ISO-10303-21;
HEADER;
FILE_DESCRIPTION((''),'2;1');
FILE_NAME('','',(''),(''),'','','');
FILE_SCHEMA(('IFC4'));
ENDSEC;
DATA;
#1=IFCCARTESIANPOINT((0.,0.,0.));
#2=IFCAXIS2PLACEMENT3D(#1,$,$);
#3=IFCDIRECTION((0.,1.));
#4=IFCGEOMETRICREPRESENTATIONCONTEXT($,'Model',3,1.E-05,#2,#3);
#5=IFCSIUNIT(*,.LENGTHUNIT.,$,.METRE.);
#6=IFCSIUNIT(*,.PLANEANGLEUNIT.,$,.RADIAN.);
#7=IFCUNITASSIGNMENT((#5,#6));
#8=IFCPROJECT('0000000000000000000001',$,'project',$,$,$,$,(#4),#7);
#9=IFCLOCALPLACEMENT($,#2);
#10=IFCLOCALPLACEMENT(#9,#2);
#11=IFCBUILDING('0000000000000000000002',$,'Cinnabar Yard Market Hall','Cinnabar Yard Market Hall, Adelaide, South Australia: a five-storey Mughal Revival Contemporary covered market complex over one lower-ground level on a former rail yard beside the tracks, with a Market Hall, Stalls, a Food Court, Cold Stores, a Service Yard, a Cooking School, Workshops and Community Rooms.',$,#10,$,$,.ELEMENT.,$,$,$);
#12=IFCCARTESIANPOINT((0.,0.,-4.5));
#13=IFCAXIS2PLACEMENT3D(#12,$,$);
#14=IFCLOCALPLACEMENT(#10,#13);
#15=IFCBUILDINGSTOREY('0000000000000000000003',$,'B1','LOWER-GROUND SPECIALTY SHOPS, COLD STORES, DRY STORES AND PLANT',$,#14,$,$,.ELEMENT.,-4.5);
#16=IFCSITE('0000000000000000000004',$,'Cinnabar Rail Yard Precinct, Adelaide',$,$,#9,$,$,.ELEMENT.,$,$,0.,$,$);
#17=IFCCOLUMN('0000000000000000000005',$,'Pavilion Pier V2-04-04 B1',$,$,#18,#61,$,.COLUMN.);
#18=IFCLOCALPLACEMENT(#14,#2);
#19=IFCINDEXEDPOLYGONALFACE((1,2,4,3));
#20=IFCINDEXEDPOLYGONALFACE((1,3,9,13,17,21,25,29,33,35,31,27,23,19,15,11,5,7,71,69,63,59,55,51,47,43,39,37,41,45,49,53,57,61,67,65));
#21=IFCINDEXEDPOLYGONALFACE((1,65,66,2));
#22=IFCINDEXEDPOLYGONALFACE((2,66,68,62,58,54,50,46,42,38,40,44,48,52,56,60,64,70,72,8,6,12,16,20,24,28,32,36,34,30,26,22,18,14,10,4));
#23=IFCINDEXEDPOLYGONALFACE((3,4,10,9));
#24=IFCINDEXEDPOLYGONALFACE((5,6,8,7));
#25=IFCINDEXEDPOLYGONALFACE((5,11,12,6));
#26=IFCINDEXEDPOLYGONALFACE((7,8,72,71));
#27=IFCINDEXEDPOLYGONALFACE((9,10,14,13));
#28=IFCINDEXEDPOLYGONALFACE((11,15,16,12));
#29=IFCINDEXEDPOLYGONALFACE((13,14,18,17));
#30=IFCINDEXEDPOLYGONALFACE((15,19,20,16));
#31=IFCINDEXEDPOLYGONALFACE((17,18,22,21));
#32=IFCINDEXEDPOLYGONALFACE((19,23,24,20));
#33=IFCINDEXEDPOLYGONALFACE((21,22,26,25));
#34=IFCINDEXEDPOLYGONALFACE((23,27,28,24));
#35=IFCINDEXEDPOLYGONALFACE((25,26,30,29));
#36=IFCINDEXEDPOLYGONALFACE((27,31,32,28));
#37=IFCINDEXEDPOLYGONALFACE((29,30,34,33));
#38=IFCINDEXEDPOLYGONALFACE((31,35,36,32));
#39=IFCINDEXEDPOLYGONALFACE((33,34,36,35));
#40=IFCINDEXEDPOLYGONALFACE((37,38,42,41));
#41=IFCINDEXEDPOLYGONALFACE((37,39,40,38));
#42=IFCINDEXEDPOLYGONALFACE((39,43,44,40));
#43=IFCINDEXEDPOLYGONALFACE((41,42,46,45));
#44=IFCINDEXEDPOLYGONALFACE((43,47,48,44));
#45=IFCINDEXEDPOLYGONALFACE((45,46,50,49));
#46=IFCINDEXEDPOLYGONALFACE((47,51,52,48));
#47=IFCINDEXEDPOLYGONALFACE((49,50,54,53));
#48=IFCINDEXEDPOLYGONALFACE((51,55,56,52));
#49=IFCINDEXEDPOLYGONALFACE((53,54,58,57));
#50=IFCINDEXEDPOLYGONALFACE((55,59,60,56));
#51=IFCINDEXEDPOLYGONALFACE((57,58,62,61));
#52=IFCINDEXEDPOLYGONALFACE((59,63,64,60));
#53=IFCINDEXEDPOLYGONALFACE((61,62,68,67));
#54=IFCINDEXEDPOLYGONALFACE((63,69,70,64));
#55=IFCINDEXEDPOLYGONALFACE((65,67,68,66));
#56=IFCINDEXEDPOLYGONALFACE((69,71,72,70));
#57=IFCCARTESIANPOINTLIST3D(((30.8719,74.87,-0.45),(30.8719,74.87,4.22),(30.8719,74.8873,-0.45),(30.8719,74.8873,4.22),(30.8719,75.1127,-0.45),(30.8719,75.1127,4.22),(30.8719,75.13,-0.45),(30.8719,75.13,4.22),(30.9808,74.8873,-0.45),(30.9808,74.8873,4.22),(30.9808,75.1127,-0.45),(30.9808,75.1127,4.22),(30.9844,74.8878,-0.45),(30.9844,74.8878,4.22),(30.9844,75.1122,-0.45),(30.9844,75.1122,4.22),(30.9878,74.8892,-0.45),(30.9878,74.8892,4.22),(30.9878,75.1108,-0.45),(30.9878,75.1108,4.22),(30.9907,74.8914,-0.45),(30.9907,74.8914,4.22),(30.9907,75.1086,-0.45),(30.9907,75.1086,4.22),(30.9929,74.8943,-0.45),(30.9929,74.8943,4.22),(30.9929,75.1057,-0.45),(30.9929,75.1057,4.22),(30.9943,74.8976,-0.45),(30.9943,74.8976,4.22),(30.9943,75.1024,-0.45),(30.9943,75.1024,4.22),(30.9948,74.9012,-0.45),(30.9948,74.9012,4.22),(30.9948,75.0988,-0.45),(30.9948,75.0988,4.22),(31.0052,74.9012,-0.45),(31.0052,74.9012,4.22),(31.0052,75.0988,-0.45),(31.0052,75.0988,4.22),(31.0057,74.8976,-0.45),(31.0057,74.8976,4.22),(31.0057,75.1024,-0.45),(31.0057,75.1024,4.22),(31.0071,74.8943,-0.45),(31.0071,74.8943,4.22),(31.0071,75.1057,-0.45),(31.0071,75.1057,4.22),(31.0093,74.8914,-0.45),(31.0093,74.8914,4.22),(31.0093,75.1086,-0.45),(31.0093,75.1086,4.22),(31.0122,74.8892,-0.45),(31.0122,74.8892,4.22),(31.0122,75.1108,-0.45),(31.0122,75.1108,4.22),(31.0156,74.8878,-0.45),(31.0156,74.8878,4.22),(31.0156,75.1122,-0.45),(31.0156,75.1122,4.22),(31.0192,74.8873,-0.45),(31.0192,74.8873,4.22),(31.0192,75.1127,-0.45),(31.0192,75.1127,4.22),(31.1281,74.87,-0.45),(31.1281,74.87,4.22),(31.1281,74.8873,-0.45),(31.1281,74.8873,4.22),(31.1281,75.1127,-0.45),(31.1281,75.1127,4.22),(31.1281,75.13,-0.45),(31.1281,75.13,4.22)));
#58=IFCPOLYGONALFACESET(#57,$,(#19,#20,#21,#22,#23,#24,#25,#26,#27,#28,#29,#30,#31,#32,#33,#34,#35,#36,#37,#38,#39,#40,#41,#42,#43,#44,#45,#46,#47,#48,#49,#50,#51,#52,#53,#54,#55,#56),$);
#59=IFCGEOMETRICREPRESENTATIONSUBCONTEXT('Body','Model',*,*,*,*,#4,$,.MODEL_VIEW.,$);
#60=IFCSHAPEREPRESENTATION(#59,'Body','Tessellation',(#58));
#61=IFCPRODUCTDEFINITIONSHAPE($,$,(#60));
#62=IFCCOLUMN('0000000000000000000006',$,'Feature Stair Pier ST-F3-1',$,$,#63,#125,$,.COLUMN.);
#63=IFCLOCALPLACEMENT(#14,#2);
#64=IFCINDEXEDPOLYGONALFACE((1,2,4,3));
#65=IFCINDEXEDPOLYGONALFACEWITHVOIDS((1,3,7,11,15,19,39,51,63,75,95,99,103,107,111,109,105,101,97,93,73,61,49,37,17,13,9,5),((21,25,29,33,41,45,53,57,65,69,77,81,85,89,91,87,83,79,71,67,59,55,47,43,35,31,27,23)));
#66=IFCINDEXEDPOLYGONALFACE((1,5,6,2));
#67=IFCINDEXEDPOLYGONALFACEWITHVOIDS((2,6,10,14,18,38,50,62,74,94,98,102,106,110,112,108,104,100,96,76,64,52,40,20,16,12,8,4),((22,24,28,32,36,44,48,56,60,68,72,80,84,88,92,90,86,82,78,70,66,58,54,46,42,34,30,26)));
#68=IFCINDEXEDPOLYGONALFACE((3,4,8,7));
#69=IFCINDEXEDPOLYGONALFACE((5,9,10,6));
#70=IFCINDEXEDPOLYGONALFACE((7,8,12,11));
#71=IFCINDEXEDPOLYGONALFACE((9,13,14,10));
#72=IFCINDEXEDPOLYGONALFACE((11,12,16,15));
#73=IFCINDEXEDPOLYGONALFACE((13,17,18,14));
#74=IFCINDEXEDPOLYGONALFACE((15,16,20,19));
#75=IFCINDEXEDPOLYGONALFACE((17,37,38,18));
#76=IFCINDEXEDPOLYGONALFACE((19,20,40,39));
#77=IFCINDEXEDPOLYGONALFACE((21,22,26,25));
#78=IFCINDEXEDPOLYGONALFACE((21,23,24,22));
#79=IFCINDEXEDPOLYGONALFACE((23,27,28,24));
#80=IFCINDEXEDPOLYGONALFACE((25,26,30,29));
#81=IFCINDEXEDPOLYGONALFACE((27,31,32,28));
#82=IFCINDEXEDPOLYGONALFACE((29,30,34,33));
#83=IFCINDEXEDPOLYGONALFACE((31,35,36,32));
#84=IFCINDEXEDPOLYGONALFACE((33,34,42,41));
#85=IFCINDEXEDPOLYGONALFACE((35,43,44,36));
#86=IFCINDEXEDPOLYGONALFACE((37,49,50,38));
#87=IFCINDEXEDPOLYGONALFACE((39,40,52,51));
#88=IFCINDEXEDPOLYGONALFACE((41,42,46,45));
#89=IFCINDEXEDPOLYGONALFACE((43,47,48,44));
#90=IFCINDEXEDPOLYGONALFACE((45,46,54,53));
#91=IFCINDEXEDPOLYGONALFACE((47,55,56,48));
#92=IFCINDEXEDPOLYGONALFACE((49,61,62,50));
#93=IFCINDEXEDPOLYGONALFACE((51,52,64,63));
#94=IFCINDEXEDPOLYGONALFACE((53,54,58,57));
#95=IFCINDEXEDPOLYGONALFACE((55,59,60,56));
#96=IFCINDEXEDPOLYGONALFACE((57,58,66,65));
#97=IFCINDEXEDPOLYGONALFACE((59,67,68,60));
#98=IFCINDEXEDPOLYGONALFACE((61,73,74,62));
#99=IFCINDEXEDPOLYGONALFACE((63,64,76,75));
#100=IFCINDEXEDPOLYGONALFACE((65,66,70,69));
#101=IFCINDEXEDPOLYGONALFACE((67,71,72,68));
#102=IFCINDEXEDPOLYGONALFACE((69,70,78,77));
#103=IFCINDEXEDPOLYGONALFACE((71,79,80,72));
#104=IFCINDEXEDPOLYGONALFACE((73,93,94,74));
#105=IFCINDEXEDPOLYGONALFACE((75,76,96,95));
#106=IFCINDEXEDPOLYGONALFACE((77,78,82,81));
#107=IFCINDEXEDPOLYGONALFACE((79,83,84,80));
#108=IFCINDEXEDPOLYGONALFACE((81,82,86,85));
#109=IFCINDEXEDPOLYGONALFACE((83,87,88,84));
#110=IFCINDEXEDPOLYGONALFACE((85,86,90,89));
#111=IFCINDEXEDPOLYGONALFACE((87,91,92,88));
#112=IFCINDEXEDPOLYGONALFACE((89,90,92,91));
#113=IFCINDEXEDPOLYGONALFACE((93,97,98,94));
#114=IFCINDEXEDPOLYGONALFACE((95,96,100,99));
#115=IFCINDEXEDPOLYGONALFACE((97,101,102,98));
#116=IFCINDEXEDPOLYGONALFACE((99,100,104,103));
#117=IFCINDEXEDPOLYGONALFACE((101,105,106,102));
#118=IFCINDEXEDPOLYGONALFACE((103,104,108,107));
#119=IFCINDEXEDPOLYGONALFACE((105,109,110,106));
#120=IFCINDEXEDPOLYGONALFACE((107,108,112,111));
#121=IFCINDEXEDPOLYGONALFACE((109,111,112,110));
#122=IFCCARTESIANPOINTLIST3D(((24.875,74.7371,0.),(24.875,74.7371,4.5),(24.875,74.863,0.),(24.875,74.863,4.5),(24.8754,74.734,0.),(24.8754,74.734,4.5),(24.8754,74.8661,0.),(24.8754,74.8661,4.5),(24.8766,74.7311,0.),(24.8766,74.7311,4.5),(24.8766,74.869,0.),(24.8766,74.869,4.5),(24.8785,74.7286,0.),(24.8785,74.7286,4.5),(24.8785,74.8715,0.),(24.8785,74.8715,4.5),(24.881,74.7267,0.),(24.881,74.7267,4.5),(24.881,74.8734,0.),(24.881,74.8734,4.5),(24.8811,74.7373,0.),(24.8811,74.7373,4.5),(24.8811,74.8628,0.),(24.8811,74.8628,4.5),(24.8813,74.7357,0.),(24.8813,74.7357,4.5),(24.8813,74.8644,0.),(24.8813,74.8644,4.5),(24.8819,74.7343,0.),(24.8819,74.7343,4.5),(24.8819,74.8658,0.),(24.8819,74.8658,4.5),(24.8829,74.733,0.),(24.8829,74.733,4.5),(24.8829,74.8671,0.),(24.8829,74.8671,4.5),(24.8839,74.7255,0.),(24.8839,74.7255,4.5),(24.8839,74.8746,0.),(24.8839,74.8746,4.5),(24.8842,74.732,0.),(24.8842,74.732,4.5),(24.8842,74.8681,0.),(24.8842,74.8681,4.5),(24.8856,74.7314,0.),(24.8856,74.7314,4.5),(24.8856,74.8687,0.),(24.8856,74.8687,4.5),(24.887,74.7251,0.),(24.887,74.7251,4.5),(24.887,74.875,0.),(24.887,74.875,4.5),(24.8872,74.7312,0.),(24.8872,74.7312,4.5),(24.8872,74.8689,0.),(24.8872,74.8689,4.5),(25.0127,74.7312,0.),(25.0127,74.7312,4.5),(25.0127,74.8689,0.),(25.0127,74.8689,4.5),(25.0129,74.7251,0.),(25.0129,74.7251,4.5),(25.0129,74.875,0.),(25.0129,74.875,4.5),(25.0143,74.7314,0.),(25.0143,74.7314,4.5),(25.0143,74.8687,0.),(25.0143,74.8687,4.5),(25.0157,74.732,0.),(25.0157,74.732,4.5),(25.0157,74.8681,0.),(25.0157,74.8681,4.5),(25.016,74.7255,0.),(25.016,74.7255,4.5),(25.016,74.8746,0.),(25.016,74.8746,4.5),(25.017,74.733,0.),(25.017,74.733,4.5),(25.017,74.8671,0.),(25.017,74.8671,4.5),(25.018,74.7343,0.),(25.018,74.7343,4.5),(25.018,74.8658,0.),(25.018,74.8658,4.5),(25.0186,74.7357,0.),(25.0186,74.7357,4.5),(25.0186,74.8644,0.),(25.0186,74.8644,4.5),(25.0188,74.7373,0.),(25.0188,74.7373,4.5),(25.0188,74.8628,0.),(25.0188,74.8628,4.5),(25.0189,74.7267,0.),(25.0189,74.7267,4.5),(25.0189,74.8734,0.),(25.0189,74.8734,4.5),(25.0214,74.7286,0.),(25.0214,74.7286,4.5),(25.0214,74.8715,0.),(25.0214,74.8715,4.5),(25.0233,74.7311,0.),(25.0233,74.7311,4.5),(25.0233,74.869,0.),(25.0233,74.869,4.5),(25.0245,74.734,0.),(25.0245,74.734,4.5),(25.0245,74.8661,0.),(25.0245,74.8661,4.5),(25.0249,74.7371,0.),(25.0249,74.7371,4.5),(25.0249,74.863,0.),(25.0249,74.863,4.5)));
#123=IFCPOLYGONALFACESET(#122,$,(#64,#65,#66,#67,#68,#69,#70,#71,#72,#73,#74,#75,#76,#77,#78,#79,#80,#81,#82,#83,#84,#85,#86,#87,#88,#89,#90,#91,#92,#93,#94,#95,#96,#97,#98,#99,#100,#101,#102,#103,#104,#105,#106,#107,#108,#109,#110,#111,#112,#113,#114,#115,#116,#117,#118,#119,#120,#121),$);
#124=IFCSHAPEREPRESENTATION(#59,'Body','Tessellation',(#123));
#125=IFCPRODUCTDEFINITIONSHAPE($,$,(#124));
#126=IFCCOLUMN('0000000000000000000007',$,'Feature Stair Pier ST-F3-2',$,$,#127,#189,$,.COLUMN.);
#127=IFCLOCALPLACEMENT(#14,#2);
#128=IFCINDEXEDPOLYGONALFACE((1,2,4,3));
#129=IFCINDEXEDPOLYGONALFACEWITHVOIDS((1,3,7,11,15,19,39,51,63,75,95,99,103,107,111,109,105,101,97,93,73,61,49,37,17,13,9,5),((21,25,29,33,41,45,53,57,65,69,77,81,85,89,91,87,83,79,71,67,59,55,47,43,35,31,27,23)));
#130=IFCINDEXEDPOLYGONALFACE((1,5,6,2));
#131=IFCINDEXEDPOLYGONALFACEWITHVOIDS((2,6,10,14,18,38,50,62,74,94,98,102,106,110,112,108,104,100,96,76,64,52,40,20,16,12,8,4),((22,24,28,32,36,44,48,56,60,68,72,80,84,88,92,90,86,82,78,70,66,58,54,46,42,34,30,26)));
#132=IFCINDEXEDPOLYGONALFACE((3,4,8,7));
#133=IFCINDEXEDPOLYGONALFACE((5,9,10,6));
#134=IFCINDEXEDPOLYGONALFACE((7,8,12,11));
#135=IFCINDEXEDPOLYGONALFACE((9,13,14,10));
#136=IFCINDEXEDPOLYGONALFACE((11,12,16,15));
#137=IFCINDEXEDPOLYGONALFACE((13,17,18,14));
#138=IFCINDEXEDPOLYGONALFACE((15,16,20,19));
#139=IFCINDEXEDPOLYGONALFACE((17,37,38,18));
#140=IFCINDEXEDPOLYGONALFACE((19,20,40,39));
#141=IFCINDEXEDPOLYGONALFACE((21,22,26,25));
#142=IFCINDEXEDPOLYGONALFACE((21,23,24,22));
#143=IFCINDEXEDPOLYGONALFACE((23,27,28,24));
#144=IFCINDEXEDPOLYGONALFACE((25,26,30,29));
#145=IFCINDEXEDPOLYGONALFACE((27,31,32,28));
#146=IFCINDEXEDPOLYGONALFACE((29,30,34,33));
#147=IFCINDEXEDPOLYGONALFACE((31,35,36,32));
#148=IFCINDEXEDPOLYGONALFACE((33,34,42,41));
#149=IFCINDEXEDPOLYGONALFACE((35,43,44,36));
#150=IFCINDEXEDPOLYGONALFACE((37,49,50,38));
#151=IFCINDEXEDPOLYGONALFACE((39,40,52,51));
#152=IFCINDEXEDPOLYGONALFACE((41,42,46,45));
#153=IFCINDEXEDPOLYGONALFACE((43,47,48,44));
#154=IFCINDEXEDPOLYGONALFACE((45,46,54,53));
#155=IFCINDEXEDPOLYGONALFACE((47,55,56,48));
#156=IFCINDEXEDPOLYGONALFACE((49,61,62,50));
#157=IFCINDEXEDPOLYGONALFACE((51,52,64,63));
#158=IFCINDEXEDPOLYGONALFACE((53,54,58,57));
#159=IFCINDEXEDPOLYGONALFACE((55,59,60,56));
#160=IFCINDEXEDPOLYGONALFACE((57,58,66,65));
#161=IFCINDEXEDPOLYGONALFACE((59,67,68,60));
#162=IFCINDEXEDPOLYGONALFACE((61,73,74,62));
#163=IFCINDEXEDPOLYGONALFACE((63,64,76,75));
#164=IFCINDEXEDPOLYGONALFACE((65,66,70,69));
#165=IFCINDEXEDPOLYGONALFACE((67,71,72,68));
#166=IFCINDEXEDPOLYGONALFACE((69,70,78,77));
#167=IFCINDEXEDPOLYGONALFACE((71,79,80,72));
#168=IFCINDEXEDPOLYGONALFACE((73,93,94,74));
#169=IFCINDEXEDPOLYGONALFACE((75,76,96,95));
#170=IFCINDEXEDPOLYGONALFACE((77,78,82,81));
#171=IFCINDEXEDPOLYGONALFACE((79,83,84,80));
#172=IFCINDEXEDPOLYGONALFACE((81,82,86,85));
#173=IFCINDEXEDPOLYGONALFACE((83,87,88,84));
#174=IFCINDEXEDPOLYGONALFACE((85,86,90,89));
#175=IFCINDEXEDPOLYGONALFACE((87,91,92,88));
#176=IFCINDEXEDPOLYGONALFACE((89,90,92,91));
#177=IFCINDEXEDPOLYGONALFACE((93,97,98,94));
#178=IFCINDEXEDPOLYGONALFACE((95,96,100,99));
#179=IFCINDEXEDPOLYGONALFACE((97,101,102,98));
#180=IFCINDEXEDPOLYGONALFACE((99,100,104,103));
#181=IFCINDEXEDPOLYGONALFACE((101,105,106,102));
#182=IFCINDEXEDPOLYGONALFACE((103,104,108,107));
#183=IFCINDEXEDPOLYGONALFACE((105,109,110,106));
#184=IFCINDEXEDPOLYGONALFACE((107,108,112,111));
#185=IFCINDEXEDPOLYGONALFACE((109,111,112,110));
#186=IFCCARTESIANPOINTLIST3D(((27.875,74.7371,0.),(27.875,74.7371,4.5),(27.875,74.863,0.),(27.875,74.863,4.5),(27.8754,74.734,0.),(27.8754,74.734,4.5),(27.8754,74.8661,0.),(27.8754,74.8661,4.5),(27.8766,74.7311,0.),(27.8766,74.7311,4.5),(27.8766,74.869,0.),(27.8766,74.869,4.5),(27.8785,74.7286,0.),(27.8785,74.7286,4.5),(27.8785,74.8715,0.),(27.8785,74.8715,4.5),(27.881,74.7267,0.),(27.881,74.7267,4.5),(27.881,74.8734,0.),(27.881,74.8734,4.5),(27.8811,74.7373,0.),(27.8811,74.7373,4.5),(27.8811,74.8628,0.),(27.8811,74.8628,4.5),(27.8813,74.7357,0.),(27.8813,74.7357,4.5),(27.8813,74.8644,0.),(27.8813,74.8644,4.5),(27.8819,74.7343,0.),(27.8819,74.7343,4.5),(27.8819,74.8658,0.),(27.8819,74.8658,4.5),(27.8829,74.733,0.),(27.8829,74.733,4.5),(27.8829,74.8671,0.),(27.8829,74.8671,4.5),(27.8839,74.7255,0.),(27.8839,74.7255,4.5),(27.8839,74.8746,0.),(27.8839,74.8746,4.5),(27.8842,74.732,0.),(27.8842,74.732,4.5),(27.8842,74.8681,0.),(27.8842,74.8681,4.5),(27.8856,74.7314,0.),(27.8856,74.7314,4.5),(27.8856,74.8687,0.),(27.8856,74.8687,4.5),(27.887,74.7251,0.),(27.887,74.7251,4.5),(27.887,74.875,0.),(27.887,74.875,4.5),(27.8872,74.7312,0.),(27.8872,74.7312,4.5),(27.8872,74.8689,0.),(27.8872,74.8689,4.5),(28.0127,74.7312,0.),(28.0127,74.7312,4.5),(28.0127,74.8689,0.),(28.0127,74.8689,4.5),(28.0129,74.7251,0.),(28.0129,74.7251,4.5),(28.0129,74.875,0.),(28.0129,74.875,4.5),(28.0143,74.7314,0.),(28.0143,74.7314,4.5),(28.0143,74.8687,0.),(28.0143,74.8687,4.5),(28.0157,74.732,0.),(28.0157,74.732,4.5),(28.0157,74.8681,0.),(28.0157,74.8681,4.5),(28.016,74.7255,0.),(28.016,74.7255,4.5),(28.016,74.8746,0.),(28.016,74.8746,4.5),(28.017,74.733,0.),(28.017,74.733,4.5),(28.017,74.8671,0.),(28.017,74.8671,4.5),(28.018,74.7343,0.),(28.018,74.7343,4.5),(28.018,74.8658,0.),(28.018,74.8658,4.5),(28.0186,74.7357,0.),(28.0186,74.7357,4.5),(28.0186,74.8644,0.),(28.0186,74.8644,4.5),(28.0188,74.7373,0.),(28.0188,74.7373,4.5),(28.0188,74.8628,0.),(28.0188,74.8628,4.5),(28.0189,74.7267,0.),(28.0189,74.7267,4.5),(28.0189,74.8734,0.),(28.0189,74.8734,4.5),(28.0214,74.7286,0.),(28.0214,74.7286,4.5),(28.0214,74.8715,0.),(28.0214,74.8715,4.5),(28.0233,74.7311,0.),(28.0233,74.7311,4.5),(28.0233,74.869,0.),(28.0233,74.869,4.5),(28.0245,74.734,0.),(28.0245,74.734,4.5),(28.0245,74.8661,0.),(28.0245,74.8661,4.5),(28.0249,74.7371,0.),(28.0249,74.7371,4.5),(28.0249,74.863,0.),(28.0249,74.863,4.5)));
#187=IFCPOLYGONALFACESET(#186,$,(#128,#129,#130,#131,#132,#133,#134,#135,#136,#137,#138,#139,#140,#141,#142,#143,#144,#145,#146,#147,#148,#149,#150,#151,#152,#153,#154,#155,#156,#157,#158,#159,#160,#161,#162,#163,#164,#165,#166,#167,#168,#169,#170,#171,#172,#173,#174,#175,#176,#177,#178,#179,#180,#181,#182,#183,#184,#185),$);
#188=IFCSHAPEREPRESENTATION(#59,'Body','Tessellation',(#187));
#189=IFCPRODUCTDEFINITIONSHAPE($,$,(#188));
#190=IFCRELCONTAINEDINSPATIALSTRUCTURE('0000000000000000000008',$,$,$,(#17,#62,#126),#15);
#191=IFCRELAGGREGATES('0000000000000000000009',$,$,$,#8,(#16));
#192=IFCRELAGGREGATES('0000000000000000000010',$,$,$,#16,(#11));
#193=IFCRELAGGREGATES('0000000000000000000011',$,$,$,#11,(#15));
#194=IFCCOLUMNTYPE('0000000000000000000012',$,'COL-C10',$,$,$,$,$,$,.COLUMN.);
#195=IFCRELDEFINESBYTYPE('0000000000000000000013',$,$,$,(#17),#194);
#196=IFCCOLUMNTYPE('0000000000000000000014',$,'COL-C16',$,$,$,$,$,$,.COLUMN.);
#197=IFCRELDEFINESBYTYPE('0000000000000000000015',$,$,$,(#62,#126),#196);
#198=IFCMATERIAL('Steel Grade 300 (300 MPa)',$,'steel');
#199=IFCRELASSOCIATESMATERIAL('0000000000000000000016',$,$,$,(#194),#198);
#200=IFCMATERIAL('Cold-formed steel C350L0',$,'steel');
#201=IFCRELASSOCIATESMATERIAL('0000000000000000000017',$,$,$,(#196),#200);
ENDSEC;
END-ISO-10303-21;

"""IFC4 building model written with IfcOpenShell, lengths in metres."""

from ifc_helpers import new_model, si_unit, direction, frame, origin, origin_2d_with_axis, place, context, subcontext, project, spatial, hollow_rectangle, i_section, extrude, material, material_profile, profile_set, type_object, element, save


model = new_model("IFC4")

# Units and contexts
model_context = context("Model", 3, precision=1e-05, world=origin(), true_north=direction((0.0, 1.0)))
body_context = subcontext(model_context, "Body", "Model", "MODEL_VIEW")
ifc_project = project(units=[si_unit("LENGTHUNIT", "METRE"), si_unit("PLANEANGLEUNIT", "RADIAN")], contexts=[model_context])

# Site, building, storey
site_placement = place(None, origin())
site = spatial("IfcSite", under=ifc_project, at=site_placement, Name="Cinnabar Rail Yard Precinct, Adelaide", CompositionType="ELEMENT", RefElevation=0.0)
building_placement = place(site_placement, origin())
building = spatial("IfcBuilding", under=site, at=building_placement, Name="Cinnabar Yard Market Hall", Description="Cinnabar Yard Market Hall, Adelaide, South Australia: a five-storey Mughal Revival Contemporary covered market complex over one lower-ground level on a former rail yard beside the tracks, with a Market Hall, Stalls, a Food Court, Cold Stores, a Service Yard, a Cooking School, Workshops and Community Rooms.", CompositionType="ELEMENT")
storey_placement = place(building_placement, frame((0.0, 0.0, -4.5)))
storey = spatial("IfcBuildingStorey", under=building, at=storey_placement, Name="B1", Description="LOWER-GROUND SPECIALTY SHOPS, COLD STORES, DRY STORES AND PLANT", CompositionType="ELEMENT", Elevation=-4.5)

# Columns
ifc_material_1 = material(Name="Steel Grade 300 (300 MPa)", Category="steel")
ifc_material_profile_1 = material_profile(ifc_material_1, i_section(OverallWidth=0.2561, OverallDepth=0.26, WebThickness=0.0105, FlangeThickness=0.0173, FilletRadius=0.0139, at=origin_2d_with_axis()), Name="250UC89.5")
ifc_profile_set_1 = profile_set([ifc_material_profile_1], Name="Steel Grade 300 (300 MPa)")
column_type_1 = type_object("IfcColumnType", Name="COL-C10", PredefinedType="COLUMN", material=ifc_profile_set_1)
for number, where, z_axis, x_axis, name in (
    (1, (31.0, 75.0, -0.45), (0.0, 0.0, 1.0), (1.0, 0.0, 0.0), "Pavilion Pier V2-04-04 B1"),
):
    element("IfcColumn", number, at=place(storey_placement, frame(where, z_axis=z_axis, x_axis=x_axis)), inside=storey, type_object=column_type_1, Name=name, PredefinedType="COLUMN", context=body_context, shape_type="SweptSolid", body=[
        extrude(i_section(OverallWidth=0.2561, OverallDepth=0.26, WebThickness=0.0105, FlangeThickness=0.0173, FilletRadius=0.0139, at=origin_2d_with_axis()), origin(), (0.0, 0.0, 1.0), 4.6699),
    ])
ifc_material_2 = material(Name="Cold-formed steel C350L0", Category="steel")
ifc_material_profile_2 = material_profile(ifc_material_2, hollow_rectangle(XDim=0.1499, YDim=0.1499, WallThickness=0.0061, InnerFilletRadius=0.0061, OuterFilletRadius=0.012, at=origin_2d_with_axis()), Name="150x150x6.0SHS")
ifc_profile_set_2 = profile_set([ifc_material_profile_2], Name="Cold-formed steel C350L0")
column_type_2 = type_object("IfcColumnType", Name="COL-C16", PredefinedType="COLUMN", material=ifc_profile_set_2)
for number, where, z_axis, x_axis, name in (
    (2, (24.95, 74.8, 0.0), (0.0, 0.0, 1.0), (1.0, 0.0, 0.0), "Feature Stair Pier ST-F3-1"),
    (3, (27.95, 74.8, 0.0), (0.0, 0.0, 1.0), (1.0, 0.0, 0.0), "Feature Stair Pier ST-F3-2"),
):
    element("IfcColumn", number, at=place(storey_placement, frame(where, z_axis=z_axis, x_axis=x_axis)), inside=storey, type_object=column_type_2, Name=name, PredefinedType="COLUMN", context=body_context, shape_type="SweptSolid", body=[
        extrude(hollow_rectangle(XDim=0.1499, YDim=0.1499, WallThickness=0.0061, InnerFilletRadius=0.0061, OuterFilletRadius=0.012, at=origin_2d_with_axis()), origin(), (0.0, 0.0, 1.0), 4.5),
    ])

save(model, "model.ifc")
